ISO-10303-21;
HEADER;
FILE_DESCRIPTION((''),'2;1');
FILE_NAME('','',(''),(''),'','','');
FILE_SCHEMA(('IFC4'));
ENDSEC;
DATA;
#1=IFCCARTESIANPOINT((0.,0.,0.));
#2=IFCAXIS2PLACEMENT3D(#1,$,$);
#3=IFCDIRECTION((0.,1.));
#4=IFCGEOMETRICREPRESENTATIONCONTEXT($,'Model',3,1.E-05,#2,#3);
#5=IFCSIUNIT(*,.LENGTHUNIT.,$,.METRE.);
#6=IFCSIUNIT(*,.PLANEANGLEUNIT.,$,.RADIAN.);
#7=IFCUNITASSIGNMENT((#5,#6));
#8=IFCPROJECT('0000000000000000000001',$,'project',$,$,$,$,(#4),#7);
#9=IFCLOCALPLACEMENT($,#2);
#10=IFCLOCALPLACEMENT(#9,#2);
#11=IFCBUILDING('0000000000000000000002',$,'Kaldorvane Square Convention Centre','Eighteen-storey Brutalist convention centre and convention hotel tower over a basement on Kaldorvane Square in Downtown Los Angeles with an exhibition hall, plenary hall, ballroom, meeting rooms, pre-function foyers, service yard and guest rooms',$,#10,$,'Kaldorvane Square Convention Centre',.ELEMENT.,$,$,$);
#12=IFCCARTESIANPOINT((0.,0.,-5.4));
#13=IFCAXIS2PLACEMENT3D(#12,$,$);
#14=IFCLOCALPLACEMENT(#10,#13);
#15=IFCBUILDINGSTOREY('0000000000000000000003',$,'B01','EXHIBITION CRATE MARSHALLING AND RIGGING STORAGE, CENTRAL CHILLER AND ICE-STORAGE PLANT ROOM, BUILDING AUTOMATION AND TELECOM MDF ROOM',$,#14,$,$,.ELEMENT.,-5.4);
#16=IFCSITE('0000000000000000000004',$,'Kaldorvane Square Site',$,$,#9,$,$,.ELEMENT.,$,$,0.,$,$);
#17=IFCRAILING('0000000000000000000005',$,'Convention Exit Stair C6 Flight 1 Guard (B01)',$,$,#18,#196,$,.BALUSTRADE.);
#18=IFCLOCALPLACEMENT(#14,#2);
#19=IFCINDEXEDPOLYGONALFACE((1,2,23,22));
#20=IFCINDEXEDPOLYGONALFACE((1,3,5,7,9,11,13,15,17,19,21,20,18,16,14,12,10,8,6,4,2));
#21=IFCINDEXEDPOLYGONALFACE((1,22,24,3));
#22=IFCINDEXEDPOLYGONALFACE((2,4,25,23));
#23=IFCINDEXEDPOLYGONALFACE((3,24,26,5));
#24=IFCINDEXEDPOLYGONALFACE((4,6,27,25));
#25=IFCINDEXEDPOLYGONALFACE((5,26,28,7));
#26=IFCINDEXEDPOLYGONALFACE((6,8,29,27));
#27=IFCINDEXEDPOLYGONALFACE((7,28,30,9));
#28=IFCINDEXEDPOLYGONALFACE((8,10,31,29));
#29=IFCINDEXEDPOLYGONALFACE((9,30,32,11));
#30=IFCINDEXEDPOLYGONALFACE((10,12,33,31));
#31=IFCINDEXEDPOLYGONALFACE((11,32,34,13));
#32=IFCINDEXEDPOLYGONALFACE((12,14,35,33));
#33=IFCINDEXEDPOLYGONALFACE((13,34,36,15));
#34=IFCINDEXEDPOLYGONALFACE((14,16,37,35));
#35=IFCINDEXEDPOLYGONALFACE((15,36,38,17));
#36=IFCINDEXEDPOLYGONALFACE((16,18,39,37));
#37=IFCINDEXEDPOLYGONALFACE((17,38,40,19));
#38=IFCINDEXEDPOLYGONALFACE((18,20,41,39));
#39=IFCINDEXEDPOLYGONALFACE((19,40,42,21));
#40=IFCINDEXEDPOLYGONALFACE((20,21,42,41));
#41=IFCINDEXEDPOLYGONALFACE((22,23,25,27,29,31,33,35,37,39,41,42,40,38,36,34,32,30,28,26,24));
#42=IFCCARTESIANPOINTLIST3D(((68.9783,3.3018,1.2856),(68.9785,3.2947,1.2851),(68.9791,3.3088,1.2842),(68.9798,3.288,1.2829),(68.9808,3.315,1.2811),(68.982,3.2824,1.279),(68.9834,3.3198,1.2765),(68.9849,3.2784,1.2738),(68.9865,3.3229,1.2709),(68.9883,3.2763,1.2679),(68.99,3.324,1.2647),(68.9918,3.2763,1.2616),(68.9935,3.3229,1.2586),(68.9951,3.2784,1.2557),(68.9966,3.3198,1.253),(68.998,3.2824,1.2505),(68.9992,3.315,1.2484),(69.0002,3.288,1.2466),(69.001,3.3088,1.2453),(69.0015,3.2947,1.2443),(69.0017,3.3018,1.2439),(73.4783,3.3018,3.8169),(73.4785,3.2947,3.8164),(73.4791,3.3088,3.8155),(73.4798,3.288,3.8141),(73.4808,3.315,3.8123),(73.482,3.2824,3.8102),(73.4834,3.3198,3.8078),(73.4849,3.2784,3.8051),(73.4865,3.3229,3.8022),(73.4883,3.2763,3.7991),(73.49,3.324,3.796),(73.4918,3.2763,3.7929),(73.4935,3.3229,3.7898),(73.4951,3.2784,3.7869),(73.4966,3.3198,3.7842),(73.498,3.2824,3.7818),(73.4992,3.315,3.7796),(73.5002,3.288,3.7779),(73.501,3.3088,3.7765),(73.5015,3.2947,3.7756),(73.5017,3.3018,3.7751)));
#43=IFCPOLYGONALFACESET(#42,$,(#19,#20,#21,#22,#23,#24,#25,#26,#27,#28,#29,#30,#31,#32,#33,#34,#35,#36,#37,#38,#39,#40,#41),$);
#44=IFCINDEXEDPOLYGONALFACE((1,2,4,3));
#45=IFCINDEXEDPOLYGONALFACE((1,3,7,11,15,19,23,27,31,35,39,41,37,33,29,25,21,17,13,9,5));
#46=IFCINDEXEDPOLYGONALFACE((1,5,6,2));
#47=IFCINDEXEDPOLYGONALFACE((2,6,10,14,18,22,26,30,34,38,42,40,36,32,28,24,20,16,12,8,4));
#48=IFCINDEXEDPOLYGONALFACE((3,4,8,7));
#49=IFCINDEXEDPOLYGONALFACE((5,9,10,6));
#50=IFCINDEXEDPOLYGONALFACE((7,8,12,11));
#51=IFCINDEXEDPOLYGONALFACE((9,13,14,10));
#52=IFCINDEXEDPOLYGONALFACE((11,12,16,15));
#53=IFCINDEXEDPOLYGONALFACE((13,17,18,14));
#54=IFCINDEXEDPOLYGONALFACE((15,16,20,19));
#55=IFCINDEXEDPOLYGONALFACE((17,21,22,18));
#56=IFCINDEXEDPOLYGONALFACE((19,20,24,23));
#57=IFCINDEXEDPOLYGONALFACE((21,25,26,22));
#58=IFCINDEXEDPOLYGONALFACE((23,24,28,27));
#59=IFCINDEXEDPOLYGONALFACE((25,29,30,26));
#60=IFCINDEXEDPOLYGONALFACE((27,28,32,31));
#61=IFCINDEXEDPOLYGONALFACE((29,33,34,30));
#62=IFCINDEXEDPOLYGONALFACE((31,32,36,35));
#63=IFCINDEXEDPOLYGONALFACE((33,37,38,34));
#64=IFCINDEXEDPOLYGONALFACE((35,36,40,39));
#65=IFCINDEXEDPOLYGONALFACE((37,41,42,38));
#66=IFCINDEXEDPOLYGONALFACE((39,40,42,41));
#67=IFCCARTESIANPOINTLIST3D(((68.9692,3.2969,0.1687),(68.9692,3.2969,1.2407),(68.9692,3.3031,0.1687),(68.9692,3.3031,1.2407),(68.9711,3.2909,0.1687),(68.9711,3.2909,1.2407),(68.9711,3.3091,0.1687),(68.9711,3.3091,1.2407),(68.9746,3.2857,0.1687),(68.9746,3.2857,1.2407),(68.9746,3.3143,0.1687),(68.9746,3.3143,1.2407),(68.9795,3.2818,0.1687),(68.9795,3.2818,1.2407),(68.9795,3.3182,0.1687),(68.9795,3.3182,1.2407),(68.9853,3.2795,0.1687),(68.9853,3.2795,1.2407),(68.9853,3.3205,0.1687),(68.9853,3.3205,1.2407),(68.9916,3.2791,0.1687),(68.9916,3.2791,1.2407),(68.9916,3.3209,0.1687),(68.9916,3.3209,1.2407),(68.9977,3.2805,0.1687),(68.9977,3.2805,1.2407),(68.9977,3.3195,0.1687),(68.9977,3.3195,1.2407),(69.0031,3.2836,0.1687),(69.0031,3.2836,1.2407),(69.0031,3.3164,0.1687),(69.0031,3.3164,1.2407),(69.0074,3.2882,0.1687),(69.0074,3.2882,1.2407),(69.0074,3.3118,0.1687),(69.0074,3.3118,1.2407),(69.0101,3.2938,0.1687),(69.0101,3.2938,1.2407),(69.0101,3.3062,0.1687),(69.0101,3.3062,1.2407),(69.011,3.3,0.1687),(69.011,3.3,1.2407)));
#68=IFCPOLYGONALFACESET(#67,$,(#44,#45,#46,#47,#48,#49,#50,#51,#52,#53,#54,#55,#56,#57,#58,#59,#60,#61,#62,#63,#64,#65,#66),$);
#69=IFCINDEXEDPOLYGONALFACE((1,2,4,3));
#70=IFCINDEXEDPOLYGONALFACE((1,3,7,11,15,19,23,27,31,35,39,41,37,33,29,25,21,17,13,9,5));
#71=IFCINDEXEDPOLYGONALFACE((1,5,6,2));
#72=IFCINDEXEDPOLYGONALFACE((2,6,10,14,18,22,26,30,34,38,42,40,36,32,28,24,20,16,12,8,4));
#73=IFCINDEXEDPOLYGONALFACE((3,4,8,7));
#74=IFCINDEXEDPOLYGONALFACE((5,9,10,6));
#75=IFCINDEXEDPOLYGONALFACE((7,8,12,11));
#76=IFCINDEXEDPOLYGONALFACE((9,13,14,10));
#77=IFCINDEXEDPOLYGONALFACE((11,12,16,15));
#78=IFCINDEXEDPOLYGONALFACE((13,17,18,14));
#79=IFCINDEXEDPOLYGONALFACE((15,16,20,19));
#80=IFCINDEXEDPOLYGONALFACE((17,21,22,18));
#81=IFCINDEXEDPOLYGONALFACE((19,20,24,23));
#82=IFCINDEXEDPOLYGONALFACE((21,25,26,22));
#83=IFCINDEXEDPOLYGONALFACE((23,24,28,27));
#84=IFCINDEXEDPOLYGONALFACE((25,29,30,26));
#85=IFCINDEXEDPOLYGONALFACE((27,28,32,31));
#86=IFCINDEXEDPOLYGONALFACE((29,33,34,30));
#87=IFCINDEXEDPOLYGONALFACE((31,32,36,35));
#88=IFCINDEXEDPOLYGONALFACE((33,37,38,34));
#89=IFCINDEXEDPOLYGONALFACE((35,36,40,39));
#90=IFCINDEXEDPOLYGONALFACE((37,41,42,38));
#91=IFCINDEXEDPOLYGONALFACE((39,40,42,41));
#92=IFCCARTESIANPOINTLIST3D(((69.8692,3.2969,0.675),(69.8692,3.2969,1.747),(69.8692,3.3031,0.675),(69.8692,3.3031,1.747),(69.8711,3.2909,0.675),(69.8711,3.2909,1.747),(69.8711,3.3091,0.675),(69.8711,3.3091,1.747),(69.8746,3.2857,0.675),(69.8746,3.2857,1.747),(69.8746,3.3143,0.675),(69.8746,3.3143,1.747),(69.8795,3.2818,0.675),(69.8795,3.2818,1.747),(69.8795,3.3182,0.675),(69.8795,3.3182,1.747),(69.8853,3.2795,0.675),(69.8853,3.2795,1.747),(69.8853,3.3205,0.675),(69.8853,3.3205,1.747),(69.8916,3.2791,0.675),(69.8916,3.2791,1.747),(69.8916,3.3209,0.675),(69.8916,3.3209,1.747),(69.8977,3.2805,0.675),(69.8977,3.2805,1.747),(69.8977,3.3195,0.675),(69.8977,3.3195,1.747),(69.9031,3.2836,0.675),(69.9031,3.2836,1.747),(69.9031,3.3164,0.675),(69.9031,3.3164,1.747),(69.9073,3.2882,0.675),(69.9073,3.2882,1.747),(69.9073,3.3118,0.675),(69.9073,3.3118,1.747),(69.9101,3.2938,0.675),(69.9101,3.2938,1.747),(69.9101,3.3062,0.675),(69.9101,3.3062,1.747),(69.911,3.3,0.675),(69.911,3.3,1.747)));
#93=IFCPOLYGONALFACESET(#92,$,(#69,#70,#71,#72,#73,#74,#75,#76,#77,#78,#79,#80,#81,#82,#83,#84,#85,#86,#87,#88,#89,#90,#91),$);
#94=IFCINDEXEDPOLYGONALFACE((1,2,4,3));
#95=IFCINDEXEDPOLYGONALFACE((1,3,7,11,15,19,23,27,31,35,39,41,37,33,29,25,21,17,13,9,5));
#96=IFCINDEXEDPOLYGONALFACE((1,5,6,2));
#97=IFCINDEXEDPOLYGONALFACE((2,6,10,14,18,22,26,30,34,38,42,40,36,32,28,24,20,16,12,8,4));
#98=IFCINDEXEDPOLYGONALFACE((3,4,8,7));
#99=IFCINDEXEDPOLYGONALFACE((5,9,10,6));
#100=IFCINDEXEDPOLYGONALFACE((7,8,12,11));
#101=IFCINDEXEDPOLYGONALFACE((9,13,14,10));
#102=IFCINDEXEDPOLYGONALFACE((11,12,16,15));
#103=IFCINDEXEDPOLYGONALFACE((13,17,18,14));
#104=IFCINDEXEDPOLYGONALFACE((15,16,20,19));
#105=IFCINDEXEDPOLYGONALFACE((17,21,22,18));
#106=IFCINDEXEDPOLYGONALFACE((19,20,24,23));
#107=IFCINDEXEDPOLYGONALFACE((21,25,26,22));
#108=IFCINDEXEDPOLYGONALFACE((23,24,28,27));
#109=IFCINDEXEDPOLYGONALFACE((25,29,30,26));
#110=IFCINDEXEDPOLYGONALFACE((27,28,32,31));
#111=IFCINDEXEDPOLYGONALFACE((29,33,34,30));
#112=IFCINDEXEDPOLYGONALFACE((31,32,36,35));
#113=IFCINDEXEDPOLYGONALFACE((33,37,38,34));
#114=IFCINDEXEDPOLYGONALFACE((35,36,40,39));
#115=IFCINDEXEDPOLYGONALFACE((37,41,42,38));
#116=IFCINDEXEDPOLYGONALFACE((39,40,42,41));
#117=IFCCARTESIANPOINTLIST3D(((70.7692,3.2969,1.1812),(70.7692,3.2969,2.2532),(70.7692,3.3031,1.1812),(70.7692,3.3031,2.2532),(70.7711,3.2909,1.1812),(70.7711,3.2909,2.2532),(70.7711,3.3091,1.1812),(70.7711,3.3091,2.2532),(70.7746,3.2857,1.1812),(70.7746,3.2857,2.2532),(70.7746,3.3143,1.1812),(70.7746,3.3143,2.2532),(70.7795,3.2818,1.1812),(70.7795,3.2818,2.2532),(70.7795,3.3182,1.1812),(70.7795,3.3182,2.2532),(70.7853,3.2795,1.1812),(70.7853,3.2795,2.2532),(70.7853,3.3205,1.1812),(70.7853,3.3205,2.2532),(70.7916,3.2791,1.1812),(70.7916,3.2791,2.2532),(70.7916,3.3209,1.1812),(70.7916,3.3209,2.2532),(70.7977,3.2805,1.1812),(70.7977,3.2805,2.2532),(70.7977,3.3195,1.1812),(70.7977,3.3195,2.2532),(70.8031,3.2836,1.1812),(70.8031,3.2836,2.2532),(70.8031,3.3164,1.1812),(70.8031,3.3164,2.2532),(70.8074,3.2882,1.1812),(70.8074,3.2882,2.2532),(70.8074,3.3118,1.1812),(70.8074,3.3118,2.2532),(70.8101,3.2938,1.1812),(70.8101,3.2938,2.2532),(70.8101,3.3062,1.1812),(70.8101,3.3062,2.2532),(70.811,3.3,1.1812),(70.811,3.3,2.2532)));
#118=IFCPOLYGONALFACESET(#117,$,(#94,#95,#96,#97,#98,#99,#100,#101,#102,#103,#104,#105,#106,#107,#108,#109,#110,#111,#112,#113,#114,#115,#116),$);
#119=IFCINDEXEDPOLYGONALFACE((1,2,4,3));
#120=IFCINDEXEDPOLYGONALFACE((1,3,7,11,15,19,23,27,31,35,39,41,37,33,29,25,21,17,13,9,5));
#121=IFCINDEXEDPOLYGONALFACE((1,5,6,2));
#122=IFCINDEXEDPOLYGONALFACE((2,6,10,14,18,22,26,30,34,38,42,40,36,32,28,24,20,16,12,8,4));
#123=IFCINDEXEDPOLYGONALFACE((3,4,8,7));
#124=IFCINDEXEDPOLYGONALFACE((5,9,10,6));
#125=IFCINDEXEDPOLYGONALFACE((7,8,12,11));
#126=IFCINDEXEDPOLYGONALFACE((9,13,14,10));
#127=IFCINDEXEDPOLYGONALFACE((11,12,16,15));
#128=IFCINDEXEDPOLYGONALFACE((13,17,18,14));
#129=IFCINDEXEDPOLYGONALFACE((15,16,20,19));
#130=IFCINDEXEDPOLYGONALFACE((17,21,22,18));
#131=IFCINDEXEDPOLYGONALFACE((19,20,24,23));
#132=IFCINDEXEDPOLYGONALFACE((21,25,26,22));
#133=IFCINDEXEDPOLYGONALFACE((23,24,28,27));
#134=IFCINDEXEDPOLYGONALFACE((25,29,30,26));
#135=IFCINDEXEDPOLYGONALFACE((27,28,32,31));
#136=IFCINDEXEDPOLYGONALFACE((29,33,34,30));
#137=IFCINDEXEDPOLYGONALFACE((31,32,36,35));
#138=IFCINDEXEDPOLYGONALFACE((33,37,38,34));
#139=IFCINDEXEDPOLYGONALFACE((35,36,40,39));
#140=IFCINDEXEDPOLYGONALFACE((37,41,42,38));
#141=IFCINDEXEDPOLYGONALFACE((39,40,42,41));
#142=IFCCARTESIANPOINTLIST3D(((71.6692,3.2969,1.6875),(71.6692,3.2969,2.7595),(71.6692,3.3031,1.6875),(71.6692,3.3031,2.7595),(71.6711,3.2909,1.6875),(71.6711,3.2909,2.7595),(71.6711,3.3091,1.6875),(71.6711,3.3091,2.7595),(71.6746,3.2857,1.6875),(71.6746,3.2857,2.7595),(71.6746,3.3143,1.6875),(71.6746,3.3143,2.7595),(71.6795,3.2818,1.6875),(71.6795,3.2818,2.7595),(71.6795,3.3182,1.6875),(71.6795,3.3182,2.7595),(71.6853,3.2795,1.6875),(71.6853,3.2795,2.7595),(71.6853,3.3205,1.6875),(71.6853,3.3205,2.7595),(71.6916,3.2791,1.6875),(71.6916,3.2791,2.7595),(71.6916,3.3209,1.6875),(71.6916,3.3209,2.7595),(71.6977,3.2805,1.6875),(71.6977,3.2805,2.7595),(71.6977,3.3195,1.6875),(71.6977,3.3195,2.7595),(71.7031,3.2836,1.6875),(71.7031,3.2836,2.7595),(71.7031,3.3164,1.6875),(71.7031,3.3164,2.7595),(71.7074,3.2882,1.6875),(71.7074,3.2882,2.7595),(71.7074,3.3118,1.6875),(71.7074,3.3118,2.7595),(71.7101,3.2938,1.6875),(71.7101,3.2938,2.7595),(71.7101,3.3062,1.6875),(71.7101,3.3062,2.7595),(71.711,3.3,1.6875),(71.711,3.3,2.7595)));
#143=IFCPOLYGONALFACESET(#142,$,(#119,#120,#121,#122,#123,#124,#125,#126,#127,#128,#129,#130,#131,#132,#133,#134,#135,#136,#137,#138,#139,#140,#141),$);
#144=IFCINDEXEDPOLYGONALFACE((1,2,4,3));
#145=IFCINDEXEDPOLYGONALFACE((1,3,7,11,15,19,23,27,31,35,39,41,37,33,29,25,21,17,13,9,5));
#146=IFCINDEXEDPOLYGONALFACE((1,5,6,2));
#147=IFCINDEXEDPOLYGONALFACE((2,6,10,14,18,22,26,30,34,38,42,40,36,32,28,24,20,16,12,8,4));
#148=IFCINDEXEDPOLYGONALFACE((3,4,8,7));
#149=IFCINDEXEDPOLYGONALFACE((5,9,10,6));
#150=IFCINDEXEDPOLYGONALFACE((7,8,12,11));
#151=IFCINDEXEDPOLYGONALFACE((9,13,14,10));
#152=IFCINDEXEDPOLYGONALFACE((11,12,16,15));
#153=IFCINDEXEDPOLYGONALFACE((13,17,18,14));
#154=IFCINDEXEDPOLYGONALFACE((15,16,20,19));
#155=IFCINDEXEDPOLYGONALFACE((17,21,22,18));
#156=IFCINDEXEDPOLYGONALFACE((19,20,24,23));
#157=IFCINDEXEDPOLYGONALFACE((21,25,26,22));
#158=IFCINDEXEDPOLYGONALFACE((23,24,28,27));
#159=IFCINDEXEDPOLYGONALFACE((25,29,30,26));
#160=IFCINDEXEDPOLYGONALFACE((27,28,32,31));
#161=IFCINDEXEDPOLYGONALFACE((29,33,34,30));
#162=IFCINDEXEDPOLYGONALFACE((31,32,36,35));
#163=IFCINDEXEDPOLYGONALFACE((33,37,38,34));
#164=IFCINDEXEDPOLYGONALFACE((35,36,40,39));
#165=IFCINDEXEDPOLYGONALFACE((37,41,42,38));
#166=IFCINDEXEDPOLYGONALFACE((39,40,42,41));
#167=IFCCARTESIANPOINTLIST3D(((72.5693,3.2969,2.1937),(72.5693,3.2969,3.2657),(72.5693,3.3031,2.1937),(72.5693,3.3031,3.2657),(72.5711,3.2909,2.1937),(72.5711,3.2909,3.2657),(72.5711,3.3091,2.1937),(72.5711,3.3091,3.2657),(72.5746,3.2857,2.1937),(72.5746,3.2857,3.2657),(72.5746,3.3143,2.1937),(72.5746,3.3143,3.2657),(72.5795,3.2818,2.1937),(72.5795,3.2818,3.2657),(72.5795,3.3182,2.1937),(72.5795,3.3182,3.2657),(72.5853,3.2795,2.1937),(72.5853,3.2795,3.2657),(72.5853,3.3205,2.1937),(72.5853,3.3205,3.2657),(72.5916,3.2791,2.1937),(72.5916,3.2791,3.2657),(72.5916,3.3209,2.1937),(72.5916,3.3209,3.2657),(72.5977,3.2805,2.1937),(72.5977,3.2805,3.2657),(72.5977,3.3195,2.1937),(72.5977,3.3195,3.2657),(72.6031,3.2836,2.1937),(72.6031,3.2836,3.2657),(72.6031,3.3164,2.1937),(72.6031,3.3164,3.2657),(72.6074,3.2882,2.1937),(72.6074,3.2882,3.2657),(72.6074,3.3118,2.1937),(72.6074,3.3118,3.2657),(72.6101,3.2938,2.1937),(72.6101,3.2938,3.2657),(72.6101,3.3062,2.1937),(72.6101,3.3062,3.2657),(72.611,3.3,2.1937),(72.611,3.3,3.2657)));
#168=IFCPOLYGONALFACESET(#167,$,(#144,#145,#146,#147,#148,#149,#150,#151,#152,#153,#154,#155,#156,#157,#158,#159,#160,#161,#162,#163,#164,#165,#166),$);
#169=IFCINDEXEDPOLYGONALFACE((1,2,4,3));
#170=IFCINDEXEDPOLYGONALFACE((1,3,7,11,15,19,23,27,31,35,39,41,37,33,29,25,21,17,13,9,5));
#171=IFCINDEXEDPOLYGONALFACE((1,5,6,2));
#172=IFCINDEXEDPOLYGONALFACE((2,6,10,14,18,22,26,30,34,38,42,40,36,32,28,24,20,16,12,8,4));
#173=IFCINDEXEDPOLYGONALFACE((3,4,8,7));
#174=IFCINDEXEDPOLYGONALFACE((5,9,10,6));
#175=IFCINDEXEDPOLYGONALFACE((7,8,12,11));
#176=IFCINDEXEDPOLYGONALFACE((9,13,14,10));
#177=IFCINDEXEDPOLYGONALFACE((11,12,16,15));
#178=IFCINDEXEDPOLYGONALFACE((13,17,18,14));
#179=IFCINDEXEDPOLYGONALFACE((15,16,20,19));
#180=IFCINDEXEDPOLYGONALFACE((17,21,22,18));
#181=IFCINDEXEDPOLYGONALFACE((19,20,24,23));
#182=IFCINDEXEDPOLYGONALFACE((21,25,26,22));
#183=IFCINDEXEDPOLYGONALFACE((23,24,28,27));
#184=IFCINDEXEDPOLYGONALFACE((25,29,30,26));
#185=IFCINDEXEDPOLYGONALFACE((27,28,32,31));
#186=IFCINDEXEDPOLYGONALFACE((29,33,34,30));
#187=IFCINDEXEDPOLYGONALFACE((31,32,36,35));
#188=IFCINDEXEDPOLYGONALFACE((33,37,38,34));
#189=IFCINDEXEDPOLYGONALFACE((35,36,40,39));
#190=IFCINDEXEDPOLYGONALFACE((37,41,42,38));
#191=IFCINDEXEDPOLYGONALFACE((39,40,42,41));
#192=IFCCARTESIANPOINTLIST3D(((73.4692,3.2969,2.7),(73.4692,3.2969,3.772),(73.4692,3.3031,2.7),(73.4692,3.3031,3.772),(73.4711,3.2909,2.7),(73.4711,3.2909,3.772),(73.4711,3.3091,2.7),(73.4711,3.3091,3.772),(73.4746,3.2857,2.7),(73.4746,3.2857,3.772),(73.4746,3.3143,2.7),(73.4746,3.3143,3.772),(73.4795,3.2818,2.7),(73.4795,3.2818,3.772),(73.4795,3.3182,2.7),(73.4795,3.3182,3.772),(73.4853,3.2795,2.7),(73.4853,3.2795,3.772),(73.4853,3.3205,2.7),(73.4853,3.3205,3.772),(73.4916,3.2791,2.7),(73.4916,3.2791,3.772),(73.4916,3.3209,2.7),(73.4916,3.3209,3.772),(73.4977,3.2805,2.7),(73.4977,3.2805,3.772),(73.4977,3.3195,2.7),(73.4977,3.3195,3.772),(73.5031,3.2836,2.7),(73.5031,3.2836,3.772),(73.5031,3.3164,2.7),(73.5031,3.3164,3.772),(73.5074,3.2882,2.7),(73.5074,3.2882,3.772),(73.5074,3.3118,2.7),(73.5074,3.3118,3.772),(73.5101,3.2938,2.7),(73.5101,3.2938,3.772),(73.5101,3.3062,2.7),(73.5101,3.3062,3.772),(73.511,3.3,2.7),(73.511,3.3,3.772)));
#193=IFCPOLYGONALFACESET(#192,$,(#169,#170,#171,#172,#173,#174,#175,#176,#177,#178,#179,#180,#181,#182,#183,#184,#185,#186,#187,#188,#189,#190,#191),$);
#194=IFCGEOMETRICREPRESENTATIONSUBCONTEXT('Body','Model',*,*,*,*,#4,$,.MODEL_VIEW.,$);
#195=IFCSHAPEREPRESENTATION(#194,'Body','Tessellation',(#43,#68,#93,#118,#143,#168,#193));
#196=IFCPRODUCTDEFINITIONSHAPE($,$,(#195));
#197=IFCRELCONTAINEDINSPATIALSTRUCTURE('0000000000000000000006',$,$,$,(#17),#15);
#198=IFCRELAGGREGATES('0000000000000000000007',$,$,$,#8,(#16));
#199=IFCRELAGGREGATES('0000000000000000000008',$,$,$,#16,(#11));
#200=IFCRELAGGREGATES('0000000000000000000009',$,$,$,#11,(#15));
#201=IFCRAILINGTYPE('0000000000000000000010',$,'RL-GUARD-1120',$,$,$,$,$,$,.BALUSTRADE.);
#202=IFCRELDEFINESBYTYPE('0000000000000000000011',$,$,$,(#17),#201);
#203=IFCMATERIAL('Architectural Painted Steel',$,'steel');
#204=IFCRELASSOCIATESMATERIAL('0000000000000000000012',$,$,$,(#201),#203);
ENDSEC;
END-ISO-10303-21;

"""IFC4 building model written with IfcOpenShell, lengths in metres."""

from ifc_helpers import new_model, si_unit, direction, frame, origin, origin_2d, place, context, subcontext, project, spatial, circle, extrude, material, type_object, element, save


model = new_model("IFC4")

# Units and contexts
model_context = context("Model", 3, precision=1e-05, world=origin(), true_north=direction((0.0, 1.0)))
body_context = subcontext(model_context, "Body", "Model", "MODEL_VIEW")
ifc_project = project(units=[si_unit("LENGTHUNIT", "METRE"), si_unit("PLANEANGLEUNIT", "RADIAN")], contexts=[model_context])

# Site, building, storey
site_placement = place(None, origin())
site = spatial("IfcSite", under=ifc_project, at=site_placement, Name="Kaldorvane Square Site", CompositionType="ELEMENT", RefElevation=0.0)
building_placement = place(site_placement, origin())
building = spatial("IfcBuilding", under=site, at=building_placement, Name="Kaldorvane Square Convention Centre", Description="Eighteen-storey Brutalist convention centre and convention hotel tower over a basement on Kaldorvane Square in Downtown Los Angeles with an exhibition hall, plenary hall, ballroom, meeting rooms, pre-function foyers, service yard and guest rooms", LongName="Kaldorvane Square Convention Centre", CompositionType="ELEMENT")
storey_placement = place(building_placement, frame((0.0, 0.0, -5.4)))
storey = spatial("IfcBuildingStorey", under=building, at=storey_placement, Name="B01", Description="EXHIBITION CRATE MARSHALLING AND RIGGING STORAGE, CENTRAL CHILLER AND ICE-STORAGE PLANT ROOM, BUILDING AUTOMATION AND TELECOM MDF ROOM", CompositionType="ELEMENT", Elevation=-5.4)

# Railing
ifc_material_1 = material(Name="Architectural Painted Steel", Category="steel")
railing_type_1 = type_object("IfcRailingType", Name="RL-GUARD-1120", PredefinedType="BALUSTRADE", material=ifc_material_1)
railing_1_placement = place(storey_placement, frame((68.99, 3.3, 0.1687)))
element("IfcRailing", 1, at=railing_1_placement, inside=storey, type_object=railing_type_1, Name="Convention Exit Stair C6 Flight 1 Guard (B01)", PredefinedType="BALUSTRADE", context=body_context, shape_type="SweptSolid", body=[
    extrude(circle(Radius=0.024, at=origin_2d()), frame((0.0, 0.0, 1.096), z_axis=(0.871576, 0.0, 0.490261), x_axis=(0.0, 1.0, 0.0)), (0.0, 0.0, 1.0), 5.1631),
    extrude(circle(Radius=0.021, at=origin_2d()), origin(), (0.0, 0.0, 1.0), 1.072),
    extrude(circle(Radius=0.021, at=origin_2d()), frame((0.9, 0.0, 0.5063)), (0.0, 0.0, 1.0), 1.072),
    extrude(circle(Radius=0.021, at=origin_2d()), frame((1.8, 0.0, 1.0125)), (0.0, 0.0, 1.0), 1.072),
    extrude(circle(Radius=0.021, at=origin_2d()), frame((2.7, 0.0, 1.5188)), (0.0, 0.0, 1.0), 1.072),
    extrude(circle(Radius=0.021, at=origin_2d()), frame((3.6, 0.0, 2.025)), (0.0, 0.0, 1.0), 1.072),
    extrude(circle(Radius=0.021, at=origin_2d()), frame((4.5, 0.0, 2.5312)), (0.0, 0.0, 1.0), 1.072),
])

save(model, "model.ifc")
